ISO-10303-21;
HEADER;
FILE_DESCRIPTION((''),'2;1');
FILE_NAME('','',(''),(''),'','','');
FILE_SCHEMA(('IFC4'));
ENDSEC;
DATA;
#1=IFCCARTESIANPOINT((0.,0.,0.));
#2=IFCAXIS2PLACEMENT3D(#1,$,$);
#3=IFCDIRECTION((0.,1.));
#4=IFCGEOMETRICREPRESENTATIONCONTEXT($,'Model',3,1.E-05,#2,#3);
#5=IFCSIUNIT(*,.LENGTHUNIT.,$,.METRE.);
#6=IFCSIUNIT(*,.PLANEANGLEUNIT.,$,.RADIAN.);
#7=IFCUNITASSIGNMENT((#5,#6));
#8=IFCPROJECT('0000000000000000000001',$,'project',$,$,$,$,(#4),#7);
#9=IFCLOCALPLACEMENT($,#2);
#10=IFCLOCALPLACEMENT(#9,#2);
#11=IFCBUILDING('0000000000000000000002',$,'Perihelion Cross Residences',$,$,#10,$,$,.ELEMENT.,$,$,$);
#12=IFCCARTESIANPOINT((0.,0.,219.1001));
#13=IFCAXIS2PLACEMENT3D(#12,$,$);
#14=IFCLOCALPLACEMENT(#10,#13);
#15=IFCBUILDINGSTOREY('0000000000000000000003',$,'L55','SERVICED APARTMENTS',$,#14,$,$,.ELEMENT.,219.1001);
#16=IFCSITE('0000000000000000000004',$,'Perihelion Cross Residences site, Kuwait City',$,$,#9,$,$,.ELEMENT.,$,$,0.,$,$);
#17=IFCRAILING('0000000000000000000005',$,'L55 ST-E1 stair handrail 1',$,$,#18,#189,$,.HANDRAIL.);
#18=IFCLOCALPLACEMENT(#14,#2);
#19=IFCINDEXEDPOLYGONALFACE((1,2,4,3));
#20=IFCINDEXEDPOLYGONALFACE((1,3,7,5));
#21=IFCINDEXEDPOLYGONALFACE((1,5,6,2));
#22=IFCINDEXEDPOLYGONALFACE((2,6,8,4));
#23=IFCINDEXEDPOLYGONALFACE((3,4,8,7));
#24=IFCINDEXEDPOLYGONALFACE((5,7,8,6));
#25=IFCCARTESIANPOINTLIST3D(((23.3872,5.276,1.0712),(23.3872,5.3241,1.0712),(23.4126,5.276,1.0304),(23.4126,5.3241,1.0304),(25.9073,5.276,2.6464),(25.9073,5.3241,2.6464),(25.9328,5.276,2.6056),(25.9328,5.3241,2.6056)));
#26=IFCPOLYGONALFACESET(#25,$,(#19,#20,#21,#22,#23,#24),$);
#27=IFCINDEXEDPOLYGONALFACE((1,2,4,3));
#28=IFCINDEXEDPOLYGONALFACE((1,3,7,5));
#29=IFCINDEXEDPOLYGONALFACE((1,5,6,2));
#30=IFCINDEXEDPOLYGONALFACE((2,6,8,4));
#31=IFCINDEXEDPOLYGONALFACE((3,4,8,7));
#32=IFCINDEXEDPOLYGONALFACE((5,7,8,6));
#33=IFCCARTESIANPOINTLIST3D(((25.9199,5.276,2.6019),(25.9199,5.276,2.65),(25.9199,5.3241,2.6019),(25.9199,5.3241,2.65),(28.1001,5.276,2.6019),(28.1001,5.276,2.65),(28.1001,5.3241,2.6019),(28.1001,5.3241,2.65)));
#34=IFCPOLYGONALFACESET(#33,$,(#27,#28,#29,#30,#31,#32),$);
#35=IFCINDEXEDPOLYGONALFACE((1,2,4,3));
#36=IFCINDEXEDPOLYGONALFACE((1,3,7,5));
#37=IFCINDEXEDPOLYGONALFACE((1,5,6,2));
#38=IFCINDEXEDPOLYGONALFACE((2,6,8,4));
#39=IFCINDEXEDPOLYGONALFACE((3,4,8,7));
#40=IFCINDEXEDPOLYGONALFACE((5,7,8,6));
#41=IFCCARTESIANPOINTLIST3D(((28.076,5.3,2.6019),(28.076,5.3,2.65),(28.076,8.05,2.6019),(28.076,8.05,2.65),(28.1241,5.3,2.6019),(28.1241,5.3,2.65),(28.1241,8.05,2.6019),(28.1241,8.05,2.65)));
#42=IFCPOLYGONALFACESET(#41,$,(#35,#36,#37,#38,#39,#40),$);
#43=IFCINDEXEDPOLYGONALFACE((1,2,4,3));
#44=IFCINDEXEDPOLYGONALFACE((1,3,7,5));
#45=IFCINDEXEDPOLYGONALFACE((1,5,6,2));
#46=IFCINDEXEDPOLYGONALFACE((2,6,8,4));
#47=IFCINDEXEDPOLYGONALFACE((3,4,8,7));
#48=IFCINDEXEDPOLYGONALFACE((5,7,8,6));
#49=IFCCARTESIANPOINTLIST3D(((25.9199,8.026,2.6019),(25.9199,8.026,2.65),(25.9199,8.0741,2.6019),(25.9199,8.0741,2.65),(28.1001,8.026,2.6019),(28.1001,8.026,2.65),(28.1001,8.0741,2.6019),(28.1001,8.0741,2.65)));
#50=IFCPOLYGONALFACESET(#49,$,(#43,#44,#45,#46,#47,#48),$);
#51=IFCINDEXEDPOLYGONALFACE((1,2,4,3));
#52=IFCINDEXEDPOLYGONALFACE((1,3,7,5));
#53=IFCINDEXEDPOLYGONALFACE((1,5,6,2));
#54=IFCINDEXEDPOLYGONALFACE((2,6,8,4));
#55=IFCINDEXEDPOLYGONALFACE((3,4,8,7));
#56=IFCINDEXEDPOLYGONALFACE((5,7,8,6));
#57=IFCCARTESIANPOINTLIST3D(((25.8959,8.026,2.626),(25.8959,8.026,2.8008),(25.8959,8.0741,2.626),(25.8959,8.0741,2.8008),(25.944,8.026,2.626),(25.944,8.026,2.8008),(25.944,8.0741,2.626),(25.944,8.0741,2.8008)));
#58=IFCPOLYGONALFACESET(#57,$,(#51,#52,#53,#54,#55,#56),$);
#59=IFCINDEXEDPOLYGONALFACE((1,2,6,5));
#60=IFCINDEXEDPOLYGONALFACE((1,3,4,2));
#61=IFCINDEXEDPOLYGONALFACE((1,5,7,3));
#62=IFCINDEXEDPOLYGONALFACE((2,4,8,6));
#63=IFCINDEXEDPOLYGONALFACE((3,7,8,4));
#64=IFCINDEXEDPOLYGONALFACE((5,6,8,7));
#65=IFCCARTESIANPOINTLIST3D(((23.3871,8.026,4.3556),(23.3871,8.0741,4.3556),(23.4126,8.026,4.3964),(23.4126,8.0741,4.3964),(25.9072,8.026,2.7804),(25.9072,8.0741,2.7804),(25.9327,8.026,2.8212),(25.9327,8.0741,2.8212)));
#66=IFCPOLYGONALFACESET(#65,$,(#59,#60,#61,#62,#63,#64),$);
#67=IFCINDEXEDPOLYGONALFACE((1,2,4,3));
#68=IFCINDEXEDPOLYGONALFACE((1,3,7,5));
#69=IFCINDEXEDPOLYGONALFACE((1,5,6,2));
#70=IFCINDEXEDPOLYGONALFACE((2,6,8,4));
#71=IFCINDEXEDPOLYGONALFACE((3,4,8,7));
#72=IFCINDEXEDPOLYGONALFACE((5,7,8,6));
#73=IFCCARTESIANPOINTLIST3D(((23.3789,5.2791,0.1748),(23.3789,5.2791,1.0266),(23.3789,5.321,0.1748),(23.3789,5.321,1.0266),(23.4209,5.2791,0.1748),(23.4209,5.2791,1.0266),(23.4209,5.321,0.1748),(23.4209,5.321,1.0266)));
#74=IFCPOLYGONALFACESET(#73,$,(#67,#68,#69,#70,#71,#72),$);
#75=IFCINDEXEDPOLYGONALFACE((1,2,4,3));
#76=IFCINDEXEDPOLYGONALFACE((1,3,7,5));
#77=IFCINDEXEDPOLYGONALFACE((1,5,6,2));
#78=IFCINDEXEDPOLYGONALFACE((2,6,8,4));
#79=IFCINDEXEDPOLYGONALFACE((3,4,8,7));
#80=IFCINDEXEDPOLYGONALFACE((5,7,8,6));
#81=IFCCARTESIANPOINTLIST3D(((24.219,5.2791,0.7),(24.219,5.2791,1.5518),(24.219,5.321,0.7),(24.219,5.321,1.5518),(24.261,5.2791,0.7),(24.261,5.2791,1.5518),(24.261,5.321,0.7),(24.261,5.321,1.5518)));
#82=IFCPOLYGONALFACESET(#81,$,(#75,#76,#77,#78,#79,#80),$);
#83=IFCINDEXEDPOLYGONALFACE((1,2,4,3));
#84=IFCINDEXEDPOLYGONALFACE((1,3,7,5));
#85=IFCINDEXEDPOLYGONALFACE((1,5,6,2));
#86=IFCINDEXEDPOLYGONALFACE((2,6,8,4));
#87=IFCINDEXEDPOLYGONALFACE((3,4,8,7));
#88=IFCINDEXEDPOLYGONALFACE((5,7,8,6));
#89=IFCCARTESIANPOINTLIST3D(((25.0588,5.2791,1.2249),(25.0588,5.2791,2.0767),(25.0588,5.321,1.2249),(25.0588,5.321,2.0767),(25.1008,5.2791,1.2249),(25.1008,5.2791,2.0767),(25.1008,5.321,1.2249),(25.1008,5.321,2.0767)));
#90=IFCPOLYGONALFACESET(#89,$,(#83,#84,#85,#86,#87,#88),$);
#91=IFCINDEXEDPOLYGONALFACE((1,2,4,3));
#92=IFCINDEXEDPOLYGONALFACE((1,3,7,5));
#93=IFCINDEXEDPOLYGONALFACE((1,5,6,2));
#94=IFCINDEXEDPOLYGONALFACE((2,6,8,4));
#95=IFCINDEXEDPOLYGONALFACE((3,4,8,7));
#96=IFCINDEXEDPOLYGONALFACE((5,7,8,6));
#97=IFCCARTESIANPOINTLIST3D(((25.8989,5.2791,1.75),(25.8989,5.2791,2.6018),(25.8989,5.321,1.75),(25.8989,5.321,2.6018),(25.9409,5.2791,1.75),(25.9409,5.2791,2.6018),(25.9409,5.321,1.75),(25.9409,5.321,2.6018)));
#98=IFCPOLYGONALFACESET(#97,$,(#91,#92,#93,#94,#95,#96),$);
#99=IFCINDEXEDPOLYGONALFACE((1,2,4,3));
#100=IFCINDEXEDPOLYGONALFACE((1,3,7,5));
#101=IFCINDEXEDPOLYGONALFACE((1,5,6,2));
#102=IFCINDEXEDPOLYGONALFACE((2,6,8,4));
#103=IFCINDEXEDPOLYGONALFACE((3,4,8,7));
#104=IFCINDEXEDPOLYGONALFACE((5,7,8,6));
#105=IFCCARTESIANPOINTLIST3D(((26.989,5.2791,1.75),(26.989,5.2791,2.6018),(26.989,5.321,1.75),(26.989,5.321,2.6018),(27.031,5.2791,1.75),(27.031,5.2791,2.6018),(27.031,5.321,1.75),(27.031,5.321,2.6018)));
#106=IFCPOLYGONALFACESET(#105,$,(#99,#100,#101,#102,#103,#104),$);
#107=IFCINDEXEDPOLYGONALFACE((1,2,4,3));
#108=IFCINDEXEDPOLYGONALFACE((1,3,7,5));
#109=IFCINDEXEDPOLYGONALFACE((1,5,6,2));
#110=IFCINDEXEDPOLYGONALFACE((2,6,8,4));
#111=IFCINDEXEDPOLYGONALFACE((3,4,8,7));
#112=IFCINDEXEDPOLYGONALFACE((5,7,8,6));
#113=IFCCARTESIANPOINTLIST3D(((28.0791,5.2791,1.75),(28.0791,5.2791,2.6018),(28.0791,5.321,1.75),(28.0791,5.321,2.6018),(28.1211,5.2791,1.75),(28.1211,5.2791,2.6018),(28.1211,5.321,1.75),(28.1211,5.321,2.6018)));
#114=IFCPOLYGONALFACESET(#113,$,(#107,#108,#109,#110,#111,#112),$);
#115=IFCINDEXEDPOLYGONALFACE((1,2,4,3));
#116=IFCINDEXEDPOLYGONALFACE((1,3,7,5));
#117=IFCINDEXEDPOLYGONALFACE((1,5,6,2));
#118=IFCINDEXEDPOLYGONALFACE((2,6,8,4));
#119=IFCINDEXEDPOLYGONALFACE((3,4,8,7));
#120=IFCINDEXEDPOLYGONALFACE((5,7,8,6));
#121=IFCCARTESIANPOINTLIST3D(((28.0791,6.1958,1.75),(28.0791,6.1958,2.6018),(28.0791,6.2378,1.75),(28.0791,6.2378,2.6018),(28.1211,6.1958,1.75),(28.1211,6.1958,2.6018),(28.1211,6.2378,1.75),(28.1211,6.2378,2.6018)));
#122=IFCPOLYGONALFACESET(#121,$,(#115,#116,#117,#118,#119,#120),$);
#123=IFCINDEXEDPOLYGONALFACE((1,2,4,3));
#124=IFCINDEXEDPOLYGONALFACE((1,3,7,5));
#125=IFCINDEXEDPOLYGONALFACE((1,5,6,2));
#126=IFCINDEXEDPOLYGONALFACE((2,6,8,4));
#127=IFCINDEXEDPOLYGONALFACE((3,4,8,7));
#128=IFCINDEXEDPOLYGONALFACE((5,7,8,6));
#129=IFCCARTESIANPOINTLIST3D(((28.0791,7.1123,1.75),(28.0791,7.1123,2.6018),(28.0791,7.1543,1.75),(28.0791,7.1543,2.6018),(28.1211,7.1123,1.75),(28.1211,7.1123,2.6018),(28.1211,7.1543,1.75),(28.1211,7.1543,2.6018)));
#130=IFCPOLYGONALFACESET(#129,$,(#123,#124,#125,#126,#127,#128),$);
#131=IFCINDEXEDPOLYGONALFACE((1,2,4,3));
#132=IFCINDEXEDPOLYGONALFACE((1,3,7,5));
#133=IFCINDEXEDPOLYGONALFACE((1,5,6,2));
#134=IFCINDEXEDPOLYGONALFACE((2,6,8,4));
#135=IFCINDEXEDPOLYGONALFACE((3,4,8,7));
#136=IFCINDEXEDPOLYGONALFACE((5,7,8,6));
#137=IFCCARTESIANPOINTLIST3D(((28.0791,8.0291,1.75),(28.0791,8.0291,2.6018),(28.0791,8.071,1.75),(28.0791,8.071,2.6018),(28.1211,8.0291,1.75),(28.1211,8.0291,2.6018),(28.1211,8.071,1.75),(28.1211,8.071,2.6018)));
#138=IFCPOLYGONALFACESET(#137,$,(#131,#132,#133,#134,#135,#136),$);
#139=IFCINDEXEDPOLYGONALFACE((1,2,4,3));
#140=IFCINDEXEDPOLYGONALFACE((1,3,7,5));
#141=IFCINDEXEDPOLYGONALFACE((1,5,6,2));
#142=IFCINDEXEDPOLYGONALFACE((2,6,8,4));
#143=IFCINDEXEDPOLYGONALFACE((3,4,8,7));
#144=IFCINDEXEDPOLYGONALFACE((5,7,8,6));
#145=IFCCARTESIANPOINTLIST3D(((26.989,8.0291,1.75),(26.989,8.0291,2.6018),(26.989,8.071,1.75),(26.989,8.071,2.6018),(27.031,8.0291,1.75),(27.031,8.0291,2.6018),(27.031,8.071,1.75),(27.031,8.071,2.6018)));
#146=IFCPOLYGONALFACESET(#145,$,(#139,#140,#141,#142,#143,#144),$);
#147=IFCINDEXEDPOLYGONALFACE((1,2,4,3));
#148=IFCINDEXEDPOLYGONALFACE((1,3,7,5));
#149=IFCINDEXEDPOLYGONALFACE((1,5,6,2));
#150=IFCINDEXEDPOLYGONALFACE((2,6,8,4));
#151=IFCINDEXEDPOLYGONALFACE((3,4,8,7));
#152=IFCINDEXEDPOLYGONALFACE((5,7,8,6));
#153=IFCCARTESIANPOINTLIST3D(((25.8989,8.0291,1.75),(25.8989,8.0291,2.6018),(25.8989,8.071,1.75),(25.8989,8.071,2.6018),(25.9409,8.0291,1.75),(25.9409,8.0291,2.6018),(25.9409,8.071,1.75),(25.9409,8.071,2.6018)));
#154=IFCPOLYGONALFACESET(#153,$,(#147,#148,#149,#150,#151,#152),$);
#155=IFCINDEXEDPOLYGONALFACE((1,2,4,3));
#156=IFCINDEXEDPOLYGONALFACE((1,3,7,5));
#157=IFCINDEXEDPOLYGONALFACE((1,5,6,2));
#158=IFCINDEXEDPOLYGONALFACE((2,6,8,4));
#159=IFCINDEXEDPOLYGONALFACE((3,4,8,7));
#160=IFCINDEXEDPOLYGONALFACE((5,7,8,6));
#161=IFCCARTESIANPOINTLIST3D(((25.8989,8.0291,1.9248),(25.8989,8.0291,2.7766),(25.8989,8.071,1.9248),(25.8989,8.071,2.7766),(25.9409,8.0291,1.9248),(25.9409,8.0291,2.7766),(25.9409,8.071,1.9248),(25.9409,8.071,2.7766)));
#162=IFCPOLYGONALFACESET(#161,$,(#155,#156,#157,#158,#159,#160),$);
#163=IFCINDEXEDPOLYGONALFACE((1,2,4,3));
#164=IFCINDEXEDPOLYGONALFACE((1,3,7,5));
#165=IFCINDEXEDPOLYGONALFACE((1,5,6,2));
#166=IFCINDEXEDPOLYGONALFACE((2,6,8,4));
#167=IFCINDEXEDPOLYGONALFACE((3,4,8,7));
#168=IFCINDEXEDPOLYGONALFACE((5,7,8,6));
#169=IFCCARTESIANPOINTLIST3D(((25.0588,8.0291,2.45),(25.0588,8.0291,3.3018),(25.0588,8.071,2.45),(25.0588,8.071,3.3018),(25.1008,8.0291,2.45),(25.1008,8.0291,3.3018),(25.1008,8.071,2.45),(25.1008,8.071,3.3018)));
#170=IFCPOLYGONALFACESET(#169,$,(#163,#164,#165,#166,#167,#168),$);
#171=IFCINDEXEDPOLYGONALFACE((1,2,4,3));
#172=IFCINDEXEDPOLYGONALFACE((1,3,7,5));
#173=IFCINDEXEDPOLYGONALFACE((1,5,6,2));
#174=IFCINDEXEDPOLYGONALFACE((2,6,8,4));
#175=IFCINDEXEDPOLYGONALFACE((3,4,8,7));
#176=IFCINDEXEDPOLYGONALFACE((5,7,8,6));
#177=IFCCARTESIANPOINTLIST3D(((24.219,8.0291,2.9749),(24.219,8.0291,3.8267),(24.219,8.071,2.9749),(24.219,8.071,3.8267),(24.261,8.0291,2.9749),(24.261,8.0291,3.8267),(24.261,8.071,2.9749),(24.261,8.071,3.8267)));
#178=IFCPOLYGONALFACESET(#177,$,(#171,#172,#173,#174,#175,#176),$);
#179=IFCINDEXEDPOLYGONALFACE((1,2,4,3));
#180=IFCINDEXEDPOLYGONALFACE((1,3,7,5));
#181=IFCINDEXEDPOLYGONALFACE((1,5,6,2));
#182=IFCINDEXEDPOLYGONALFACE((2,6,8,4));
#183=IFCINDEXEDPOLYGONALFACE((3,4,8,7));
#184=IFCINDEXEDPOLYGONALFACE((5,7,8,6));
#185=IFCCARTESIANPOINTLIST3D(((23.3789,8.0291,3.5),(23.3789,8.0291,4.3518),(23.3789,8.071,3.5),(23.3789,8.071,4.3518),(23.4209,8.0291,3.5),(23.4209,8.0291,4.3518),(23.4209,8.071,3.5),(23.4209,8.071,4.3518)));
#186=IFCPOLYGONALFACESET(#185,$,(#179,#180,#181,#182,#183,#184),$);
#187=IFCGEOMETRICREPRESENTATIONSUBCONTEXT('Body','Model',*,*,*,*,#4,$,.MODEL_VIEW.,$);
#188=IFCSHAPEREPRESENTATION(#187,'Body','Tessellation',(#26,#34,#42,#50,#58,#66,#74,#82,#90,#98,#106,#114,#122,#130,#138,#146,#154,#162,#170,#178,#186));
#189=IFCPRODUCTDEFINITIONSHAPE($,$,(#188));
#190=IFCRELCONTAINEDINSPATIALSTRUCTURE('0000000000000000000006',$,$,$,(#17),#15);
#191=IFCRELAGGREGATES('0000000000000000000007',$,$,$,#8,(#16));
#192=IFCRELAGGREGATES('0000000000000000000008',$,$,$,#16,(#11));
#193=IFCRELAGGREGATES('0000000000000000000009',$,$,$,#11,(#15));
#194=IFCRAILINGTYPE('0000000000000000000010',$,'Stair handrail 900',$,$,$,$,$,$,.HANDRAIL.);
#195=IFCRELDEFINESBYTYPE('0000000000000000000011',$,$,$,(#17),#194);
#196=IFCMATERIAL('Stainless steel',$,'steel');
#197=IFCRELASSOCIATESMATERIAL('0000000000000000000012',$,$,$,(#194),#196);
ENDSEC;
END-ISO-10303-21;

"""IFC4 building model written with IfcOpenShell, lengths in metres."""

from ifc_helpers import new_model, si_unit, direction, frame, origin, origin_2d, place, context, subcontext, project, spatial, rectangle, extrude, material, type_object, element, save


model = new_model("IFC4")

# Units and contexts
model_context = context("Model", 3, precision=1e-05, world=origin(), true_north=direction((0.0, 1.0)))
body_context = subcontext(model_context, "Body", "Model", "MODEL_VIEW")
ifc_project = project(units=[si_unit("LENGTHUNIT", "METRE"), si_unit("PLANEANGLEUNIT", "RADIAN")], contexts=[model_context])

# Site, building, storey
site_placement = place(None, origin())
site = spatial("IfcSite", under=ifc_project, at=site_placement, Name="Perihelion Cross Residences site, Kuwait City", CompositionType="ELEMENT", RefElevation=0.0)
building_placement = place(site_placement, origin())
building = spatial("IfcBuilding", under=site, at=building_placement, Name="Perihelion Cross Residences", CompositionType="ELEMENT")
storey_placement = place(building_placement, frame((0.0, 0.0, 219.1001)))
storey = spatial("IfcBuildingStorey", under=building, at=storey_placement, Name="L55", Description="SERVICED APARTMENTS", CompositionType="ELEMENT", Elevation=219.1001)

# Railing
ifc_material_1 = material(Name="Stainless steel", Category="steel")
railing_type_1 = type_object("IfcRailingType", Name="Stair handrail 900", PredefinedType="HANDRAIL", material=ifc_material_1)
railing_1_placement = place(storey_placement, frame((23.3999, 5.3, 0.1748)))
element("IfcRailing", 1, at=railing_1_placement, inside=storey, type_object=railing_type_1, Name="L55 ST-E1 stair handrail 1", PredefinedType="HANDRAIL", context=body_context, shape_type="SweptSolid", body=[
    extrude(rectangle(XDim=0.0481, YDim=0.0481, at=origin_2d()), frame((0.0, 0.0, 0.876), z_axis=(0.847971, 0.0, 0.530043), x_axis=(0.0, 1.0, 0.0)), (0.0, 0.0, 1.0), 2.9719),
    extrude(rectangle(XDim=0.0481, YDim=0.0481, at=origin_2d()), frame((2.52, 0.0, 2.4512), z_axis=(1.0, 0.0, 0.0), x_axis=(0.0, 1.0, 0.0)), (0.0, 0.0, 1.0), 2.1802),
    extrude(rectangle(XDim=0.0481, YDim=0.0481, at=origin_2d()), frame((4.7002, 0.0, 2.4512), z_axis=(0.0, 1.0, 0.0), x_axis=(-1.0, 0.0, 0.0)), (0.0, 0.0, 1.0), 2.75),
    extrude(rectangle(XDim=0.0481, YDim=0.0481, at=origin_2d()), frame((4.7002, 2.75, 2.4512), z_axis=(-1.0, 0.0, 0.0), x_axis=(0.0, -1.0, 0.0)), (0.0, 0.0, 1.0), 2.1802),
    extrude(rectangle(XDim=0.0481, YDim=0.0481, at=origin_2d()), frame((2.52, 2.75, 2.4512), z_axis=(0.0, 0.0, 1.0), x_axis=(1.0, 0.0, 0.0)), (0.0, 0.0, 1.0), 0.1748),
    extrude(rectangle(XDim=0.0481, YDim=0.0481, at=origin_2d()), frame((2.52, 2.75, 2.626), z_axis=(-0.847971, 0.0, 0.530043), x_axis=(0.0, -1.0, 0.0)), (0.0, 0.0, 1.0), 2.9719),
    extrude(rectangle(XDim=0.042, YDim=0.042, at=origin_2d()), origin(), (0.0, 0.0, 1.0), 0.8518),
    extrude(rectangle(XDim=0.042, YDim=0.042, at=origin_2d()), frame((0.8401, 0.0, 0.5251)), (0.0, 0.0, 1.0), 0.8518),
    extrude(rectangle(XDim=0.042, YDim=0.042, at=origin_2d()), frame((1.6799, 0.0, 1.05)), (0.0, 0.0, 1.0), 0.8518),
    extrude(rectangle(XDim=0.042, YDim=0.042, at=origin_2d()), frame((2.52, 0.0, 1.5752)), (0.0, 0.0, 1.0), 0.8518),
    extrude(rectangle(XDim=0.042, YDim=0.042, at=origin_2d()), frame((3.6101, 0.0, 1.5752)), (0.0, 0.0, 1.0), 0.8518),
    extrude(rectangle(XDim=0.042, YDim=0.042, at=origin_2d()), frame((4.7002, 0.0, 1.5752)), (0.0, 0.0, 1.0), 0.8518),
    extrude(rectangle(XDim=0.042, YDim=0.042, at=origin_2d()), frame((4.7002, 0.9167, 1.5752)), (0.0, 0.0, 1.0), 0.8518),
    extrude(rectangle(XDim=0.042, YDim=0.042, at=origin_2d()), frame((4.7002, 1.8333, 1.5752)), (0.0, 0.0, 1.0), 0.8518),
    extrude(rectangle(XDim=0.042, YDim=0.042, at=origin_2d()), frame((4.7002, 2.75, 1.5752)), (0.0, 0.0, 1.0), 0.8518),
    extrude(rectangle(XDim=0.042, YDim=0.042, at=origin_2d()), frame((3.6101, 2.75, 1.5752)), (0.0, 0.0, 1.0), 0.8518),
    extrude(rectangle(XDim=0.042, YDim=0.042, at=origin_2d()), frame((2.52, 2.75, 1.5752)), (0.0, 0.0, 1.0), 0.8518),
    extrude(rectangle(XDim=0.042, YDim=0.042, at=origin_2d()), frame((2.52, 2.75, 1.75)), (0.0, 0.0, 1.0), 0.8518),
    extrude(rectangle(XDim=0.042, YDim=0.042, at=origin_2d()), frame((1.6799, 2.75, 2.2751)), (0.0, 0.0, 1.0), 0.8518),
    extrude(rectangle(XDim=0.042, YDim=0.042, at=origin_2d()), frame((0.8401, 2.75, 2.8)), (0.0, 0.0, 1.0), 0.8518),
    extrude(rectangle(XDim=0.042, YDim=0.042, at=origin_2d()), frame((0.0, 2.75, 3.3252)), (0.0, 0.0, 1.0), 0.8518),
])

save(model, "model.ifc")
